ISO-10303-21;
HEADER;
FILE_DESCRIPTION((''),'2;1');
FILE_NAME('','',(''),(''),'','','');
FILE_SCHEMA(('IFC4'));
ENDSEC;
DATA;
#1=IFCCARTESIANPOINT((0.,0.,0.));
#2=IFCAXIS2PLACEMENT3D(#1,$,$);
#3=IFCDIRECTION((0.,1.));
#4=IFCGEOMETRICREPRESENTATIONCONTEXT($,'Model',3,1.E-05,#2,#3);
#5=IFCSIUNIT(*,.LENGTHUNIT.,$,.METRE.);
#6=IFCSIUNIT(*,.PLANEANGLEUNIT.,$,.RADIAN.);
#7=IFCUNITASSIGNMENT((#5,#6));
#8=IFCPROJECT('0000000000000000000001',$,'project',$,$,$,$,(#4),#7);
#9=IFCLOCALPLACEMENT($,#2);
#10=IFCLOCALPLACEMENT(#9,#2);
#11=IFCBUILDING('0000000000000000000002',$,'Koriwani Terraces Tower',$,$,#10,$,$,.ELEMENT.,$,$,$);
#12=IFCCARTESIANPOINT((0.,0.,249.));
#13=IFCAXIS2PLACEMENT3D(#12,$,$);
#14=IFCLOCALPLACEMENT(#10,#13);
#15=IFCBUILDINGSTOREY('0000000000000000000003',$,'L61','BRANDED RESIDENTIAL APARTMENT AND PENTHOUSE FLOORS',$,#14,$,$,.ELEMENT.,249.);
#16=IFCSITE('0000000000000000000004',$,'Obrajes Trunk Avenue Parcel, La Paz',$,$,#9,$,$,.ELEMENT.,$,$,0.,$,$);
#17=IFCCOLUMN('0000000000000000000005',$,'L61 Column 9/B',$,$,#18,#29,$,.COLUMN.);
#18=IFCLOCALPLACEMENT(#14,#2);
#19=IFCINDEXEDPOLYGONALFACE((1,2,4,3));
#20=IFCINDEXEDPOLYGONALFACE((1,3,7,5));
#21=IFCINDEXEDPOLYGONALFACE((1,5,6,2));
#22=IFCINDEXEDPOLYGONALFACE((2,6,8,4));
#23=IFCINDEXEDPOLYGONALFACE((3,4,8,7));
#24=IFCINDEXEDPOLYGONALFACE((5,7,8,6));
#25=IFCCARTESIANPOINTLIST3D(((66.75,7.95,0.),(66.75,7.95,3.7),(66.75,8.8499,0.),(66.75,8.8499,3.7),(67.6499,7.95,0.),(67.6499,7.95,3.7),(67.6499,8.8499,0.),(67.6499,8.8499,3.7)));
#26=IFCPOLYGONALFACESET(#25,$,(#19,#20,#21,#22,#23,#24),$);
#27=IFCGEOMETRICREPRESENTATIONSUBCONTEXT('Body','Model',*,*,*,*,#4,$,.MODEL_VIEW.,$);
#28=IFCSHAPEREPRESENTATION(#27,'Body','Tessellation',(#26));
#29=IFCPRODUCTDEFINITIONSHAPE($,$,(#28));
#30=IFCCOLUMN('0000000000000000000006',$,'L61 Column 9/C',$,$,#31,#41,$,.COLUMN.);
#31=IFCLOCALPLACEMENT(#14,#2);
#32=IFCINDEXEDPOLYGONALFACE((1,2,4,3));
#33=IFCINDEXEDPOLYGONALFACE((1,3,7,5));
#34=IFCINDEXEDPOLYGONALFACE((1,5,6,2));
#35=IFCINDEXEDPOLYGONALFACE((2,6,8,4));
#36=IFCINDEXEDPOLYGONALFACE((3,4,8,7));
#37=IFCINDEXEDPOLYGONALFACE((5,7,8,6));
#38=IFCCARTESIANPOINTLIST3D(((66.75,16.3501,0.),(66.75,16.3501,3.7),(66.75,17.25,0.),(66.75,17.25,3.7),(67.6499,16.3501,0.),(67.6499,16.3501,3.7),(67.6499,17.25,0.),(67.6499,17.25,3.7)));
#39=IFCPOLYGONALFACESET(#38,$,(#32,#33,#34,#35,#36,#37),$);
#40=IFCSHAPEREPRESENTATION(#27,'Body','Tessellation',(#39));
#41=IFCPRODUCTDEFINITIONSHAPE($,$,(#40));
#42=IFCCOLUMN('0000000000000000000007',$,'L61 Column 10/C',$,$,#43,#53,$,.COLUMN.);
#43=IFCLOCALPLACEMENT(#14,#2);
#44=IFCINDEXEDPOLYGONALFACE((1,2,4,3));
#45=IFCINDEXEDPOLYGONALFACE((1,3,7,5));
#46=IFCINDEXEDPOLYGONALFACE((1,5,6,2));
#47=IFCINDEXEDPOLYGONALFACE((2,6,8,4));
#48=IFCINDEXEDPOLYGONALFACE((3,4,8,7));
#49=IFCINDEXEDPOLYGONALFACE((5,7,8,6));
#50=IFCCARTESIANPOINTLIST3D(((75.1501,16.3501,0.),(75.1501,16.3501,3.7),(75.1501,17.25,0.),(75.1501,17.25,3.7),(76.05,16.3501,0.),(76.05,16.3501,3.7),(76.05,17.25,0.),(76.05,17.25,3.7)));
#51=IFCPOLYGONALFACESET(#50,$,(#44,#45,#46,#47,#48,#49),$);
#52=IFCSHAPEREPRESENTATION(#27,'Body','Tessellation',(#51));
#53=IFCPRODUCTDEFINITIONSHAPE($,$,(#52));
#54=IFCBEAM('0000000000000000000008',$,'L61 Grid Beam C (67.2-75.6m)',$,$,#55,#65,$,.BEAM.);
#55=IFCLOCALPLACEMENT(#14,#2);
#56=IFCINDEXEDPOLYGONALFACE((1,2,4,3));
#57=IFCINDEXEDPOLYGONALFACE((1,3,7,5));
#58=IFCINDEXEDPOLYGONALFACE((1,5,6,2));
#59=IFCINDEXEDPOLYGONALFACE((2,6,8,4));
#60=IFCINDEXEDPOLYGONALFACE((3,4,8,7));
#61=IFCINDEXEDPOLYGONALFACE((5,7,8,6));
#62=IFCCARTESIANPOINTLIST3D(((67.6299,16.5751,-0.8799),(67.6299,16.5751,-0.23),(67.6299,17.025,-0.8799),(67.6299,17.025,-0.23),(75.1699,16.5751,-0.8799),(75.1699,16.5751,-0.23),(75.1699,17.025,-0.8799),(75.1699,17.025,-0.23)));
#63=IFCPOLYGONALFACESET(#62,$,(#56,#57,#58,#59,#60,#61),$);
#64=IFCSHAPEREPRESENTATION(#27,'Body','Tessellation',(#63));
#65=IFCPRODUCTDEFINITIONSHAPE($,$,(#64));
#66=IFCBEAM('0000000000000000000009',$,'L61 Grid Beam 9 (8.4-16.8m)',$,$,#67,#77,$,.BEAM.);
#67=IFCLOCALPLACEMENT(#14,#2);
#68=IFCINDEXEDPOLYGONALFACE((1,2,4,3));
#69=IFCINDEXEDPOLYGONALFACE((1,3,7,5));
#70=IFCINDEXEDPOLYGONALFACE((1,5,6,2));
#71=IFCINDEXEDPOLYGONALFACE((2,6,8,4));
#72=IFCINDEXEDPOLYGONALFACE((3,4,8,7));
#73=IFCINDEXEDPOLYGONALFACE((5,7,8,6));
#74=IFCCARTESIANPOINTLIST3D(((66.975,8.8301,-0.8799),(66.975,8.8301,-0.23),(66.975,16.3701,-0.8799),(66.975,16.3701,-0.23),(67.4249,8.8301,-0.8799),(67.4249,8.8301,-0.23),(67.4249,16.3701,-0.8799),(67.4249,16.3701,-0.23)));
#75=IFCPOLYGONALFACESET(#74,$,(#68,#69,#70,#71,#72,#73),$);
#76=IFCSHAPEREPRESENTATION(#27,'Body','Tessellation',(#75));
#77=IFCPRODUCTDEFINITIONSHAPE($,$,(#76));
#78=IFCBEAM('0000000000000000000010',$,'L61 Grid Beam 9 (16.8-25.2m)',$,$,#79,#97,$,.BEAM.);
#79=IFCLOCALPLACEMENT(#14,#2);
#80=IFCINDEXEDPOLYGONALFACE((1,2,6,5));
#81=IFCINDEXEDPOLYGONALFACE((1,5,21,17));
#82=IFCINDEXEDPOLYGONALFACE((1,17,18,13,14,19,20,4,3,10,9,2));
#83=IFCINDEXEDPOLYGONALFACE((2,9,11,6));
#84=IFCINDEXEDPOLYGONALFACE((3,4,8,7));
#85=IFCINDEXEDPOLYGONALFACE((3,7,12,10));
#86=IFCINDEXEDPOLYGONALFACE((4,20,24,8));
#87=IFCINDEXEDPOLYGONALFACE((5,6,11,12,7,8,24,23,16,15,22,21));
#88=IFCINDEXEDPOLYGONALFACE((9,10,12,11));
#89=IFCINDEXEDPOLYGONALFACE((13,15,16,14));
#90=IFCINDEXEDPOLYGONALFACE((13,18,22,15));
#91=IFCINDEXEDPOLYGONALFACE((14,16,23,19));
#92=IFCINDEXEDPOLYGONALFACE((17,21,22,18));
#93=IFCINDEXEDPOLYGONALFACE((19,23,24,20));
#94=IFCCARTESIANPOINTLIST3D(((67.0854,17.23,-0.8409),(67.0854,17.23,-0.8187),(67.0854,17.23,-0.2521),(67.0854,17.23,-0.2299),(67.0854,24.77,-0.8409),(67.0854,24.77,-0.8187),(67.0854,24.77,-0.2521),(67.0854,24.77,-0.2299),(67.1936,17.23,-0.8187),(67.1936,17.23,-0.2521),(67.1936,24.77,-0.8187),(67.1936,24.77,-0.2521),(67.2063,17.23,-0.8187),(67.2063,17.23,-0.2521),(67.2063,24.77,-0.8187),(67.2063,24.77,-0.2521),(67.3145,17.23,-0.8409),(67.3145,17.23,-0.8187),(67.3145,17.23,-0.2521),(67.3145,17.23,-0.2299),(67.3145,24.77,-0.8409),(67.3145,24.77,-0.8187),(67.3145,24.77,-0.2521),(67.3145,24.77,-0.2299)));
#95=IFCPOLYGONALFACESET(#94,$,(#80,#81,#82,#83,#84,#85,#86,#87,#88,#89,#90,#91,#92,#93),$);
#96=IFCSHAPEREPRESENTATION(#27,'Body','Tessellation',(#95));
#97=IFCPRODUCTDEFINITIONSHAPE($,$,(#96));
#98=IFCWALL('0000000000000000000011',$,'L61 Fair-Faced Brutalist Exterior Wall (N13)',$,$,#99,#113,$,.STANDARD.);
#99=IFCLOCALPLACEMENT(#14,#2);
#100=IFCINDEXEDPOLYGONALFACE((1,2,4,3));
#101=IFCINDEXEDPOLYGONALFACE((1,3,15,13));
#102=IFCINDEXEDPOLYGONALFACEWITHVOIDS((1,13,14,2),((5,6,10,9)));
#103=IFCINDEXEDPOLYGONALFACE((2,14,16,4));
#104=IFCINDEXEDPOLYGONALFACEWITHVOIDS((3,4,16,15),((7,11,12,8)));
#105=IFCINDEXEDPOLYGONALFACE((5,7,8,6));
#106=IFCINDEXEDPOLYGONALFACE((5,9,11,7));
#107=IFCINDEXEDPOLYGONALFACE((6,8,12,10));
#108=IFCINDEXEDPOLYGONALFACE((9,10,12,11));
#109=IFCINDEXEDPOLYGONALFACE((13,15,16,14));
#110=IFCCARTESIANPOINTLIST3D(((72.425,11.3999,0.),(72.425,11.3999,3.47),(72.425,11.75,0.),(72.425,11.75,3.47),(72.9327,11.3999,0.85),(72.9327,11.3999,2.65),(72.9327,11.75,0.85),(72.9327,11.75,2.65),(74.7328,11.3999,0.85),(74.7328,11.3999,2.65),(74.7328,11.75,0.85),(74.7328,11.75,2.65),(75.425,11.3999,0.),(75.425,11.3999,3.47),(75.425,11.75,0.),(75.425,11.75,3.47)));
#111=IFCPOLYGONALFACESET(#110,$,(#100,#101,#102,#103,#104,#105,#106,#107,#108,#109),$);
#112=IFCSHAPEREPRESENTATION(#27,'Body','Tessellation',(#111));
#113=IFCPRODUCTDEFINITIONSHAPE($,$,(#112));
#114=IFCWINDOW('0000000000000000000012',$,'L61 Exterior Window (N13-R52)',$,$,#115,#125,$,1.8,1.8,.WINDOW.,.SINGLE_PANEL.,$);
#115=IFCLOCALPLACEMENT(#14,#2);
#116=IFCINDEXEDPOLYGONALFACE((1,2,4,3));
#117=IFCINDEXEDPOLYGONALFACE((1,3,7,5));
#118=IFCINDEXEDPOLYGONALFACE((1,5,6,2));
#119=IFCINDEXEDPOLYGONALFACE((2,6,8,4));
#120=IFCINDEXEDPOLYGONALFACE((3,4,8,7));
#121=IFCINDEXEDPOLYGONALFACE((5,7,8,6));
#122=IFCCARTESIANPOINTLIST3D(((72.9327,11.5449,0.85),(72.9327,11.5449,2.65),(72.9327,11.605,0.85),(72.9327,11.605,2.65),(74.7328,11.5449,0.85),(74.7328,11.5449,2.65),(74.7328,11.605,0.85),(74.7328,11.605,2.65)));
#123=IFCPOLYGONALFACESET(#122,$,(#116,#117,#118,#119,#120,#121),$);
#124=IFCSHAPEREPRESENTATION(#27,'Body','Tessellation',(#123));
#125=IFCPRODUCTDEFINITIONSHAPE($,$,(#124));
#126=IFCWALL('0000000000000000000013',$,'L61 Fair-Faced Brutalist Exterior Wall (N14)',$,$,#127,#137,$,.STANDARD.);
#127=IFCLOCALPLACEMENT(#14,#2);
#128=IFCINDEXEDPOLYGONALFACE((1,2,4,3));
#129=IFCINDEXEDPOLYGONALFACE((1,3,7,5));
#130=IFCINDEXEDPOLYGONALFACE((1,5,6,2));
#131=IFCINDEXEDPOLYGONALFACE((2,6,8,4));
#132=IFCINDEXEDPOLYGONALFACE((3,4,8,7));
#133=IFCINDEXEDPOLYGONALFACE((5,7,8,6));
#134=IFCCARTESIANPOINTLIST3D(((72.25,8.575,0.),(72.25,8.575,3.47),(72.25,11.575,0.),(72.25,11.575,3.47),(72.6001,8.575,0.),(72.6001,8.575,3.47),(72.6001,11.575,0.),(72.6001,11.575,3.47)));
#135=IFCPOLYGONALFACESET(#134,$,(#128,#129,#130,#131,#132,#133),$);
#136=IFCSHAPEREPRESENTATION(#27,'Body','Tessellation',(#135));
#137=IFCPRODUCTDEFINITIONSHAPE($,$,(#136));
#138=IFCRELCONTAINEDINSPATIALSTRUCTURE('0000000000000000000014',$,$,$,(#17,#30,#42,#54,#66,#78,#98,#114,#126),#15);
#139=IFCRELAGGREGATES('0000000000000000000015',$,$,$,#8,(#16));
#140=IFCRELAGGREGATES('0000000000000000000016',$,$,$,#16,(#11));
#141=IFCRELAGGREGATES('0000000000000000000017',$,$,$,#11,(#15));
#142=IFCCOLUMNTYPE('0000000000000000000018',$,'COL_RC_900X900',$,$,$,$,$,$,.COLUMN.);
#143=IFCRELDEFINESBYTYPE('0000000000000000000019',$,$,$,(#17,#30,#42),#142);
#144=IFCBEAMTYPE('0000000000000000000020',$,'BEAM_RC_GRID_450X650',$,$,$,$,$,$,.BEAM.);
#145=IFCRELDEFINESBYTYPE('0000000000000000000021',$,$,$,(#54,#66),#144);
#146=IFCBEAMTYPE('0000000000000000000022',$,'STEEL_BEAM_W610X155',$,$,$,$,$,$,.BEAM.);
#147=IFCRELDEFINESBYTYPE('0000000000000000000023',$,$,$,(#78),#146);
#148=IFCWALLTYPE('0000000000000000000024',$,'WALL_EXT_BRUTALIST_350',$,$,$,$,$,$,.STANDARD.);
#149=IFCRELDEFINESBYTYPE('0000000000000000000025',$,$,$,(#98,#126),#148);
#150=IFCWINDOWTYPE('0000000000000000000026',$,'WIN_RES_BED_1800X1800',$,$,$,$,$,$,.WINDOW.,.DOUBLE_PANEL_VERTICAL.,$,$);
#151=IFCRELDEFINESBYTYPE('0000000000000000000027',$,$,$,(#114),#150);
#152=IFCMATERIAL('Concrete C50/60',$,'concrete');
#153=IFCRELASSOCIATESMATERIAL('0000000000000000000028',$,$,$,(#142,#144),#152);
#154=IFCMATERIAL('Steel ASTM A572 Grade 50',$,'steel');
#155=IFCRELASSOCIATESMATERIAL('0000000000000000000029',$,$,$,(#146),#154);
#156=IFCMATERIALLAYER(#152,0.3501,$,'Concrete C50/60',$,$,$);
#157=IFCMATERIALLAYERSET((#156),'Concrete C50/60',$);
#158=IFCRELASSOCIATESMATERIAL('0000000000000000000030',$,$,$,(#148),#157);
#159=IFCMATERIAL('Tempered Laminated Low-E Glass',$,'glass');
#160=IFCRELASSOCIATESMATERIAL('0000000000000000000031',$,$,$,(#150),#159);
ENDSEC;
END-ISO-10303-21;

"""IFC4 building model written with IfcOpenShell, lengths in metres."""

from ifc_helpers import new_model, si_unit, direction, frame, frame_2d, origin, origin_2d, place, context, subcontext, project, spatial, rectangle, i_section, extrude, material, layer, layer_set, material_profile, profile_set, type_object, element, fill, save


model = new_model("IFC4")

# Units and contexts
model_context = context("Model", 3, precision=1e-05, world=origin(), true_north=direction((0.0, 1.0)))
body_context = subcontext(model_context, "Body", "Model", "MODEL_VIEW")
ifc_project = project(units=[si_unit("LENGTHUNIT", "METRE"), si_unit("PLANEANGLEUNIT", "RADIAN")], contexts=[model_context])

# Site, building, storey
site_placement = place(None, origin())
site = spatial("IfcSite", under=ifc_project, at=site_placement, Name="Obrajes Trunk Avenue Parcel, La Paz", CompositionType="ELEMENT", RefElevation=0.0)
building_placement = place(site_placement, origin())
building = spatial("IfcBuilding", under=site, at=building_placement, Name="Koriwani Terraces Tower", CompositionType="ELEMENT")
storey_placement = place(building_placement, frame((0.0, 0.0, 249.0)))
storey = spatial("IfcBuildingStorey", under=building, at=storey_placement, Name="L61", Description="BRANDED RESIDENTIAL APARTMENT AND PENTHOUSE FLOORS", CompositionType="ELEMENT", Elevation=249.0)

# Columns
ifc_material_1 = material(Name="Concrete C50/60", Category="concrete")
ifc_material_profile_1 = material_profile(ifc_material_1, rectangle(XDim=0.8999, YDim=0.8999, at=origin_2d()), Name="Concrete C50/60", Category="LoadBearing")
ifc_profile_set_1 = profile_set([ifc_material_profile_1], Name="Concrete C50/60")
column_type = type_object("IfcColumnType", Name="COL_RC_900X900", PredefinedType="COLUMN", material=ifc_profile_set_1)
for number, where, z_axis, x_axis, name in (
    (1, (67.2, 8.3999, 0.0), (0.0, 0.0, 1.0), (1.0, 0.0, 0.0), "L61 Column 9/B"),
    (2, (67.2, 16.8, 0.0), (0.0, 0.0, 1.0), (1.0, 0.0, 0.0), "L61 Column 9/C"),
    (3, (75.6001, 16.8, 0.0), (0.0, 0.0, 1.0), (1.0, 0.0, 0.0), "L61 Column 10/C"),
):
    element("IfcColumn", number, at=place(storey_placement, frame(where, z_axis=z_axis, x_axis=x_axis)), inside=storey, type_object=column_type, Name=name, PredefinedType="COLUMN", context=body_context, shape_type="SweptSolid", body=[
        extrude(rectangle(XDim=0.8999, YDim=0.8999, at=origin_2d()), origin(), (0.0, 0.0, 1.0), 3.7),
    ])

# Beams
ifc_material_profile_2 = material_profile(ifc_material_1, rectangle(XDim=0.45, YDim=0.6499, at=origin_2d()), Name="Concrete C50/60", Category="LoadBearing")
ifc_profile_set_2 = profile_set([ifc_material_profile_2], Name="Concrete C50/60")
beam_type_1 = type_object("IfcBeamType", Name="BEAM_RC_GRID_450X650", PredefinedType="BEAM", material=ifc_profile_set_2)
for number, where, z_axis, x_axis, name in (
    (4, (67.6299, 16.8, -0.5549), (1.0, 0.0, 0.0), (0.0, 1.0, 0.0), "L61 Grid Beam C (67.2-75.6m)"),
    (5, (67.2, 8.8301, -0.5549), (0.0, 1.0, 0.0), (-1.0, 0.0, 0.0), "L61 Grid Beam 9 (8.4-16.8m)"),
):
    element("IfcBeam", number, at=place(storey_placement, frame(where, z_axis=z_axis, x_axis=x_axis)), inside=storey, type_object=beam_type_1, Name=name, PredefinedType="BEAM", context=body_context, shape_type="SweptSolid", body=[
        extrude(rectangle(XDim=0.45, YDim=0.6499, at=origin_2d()), origin(), (0.0, 0.0, 1.0), 7.54),
    ])
ifc_material_2 = material(Name="Steel ASTM A572 Grade 50", Category="steel")
ifc_material_profile_3 = material_profile(ifc_material_2, i_section(OverallWidth=0.229, OverallDepth=0.6111, WebThickness=0.0127, FlangeThickness=0.0222, at=origin_2d()), Name="Steel ASTM A572 Grade 50", Category="LoadBearing")
ifc_profile_set_3 = profile_set([ifc_material_profile_3], Name="Steel ASTM A572 Grade 50")
beam_type_2 = type_object("IfcBeamType", Name="STEEL_BEAM_W610X155", PredefinedType="BEAM", material=ifc_profile_set_3)
beam_placement = place(storey_placement, frame((67.2, 17.23, -0.5354), z_axis=(0.0, 1.0, 0.0), x_axis=(-1.0, 0.0, 0.0)))
element("IfcBeam", 6, at=beam_placement, inside=storey, type_object=beam_type_2, Name="L61 Grid Beam 9 (16.8-25.2m)", PredefinedType="BEAM", context=body_context, shape_type="SweptSolid", body=[
    extrude(i_section(OverallWidth=0.229, OverallDepth=0.6111, WebThickness=0.0127, FlangeThickness=0.0222, at=origin_2d()), origin(), (0.0, 0.0, 1.0), 7.54),
])

# Wall, opening, window
ifc_layer = layer(ifc_material_1, 0.3501, Name="Concrete C50/60")
ifc_layer_set = layer_set([ifc_layer], Name="Concrete C50/60")
wall_type = type_object("IfcWallType", Name="WALL_EXT_BRUTALIST_350", PredefinedType="STANDARD", material=ifc_layer_set)
wall_1_placement = place(storey_placement, frame((75.425, 11.575, 0.0), z_axis=(0.0, 0.0, 1.0), x_axis=(-1.0, 0.0, 0.0)))
wall_1 = element("IfcWall", 7, at=wall_1_placement, inside=storey, type_object=wall_type, Name="L61 Fair-Faced Brutalist Exterior Wall (N13)", PredefinedType="STANDARD", context=body_context, shape_type="SweptSolid", body=[
    extrude(rectangle(XDim=3.0, YDim=0.3501, at=frame_2d((1.5, 0.0))), origin(), (0.0, 0.0, 1.0), 3.47),
])
opening_1_placement = place(wall_1_placement, frame((0.6924, 0.0, 0.8501)))
opening_1 = element("IfcOpeningElement", 8, at=opening_1_placement, cuts=wall_1, PredefinedType="OPENING", context=body_context, shape_type="SweptSolid", body=[
    extrude(rectangle(XDim=1.8, YDim=1.8, at=frame_2d((0.8999, 0.8999))), frame((0.0, 0.1851, 0.0), z_axis=(0.0, -1.0, 0.0), x_axis=(1.0, 0.0, 0.0)), (0.0, 0.0, 1.0), 0.3701),
])
ifc_material_3 = material(Name="Tempered Laminated Low-E Glass", Category="glass")
window_type_1 = type_object("IfcWindowType", Name="WIN_RES_BED_1800X1800", PartitioningType="DOUBLE_PANEL_VERTICAL", PredefinedType="WINDOW", material=ifc_material_3)
window_1_placement = place(opening_1_placement, origin())
window_1 = element("IfcWindow", 9, at=window_1_placement, inside=storey, type_object=window_type_1, Name="L61 Exterior Window (N13-R52)", OverallHeight=1.8, OverallWidth=1.8, PartitioningType="SINGLE_PANEL", PredefinedType="WINDOW", context=body_context, shape_type="SweptSolid", body=[
    extrude(rectangle(XDim=1.8, YDim=1.8, at=frame_2d((0.8999, 0.8999))), frame((0.0, 0.03, 0.0), z_axis=(0.0, -1.0, 0.0), x_axis=(1.0, 0.0, 0.0)), (0.0, 0.0, 1.0), 0.0601),
])
fill(opening_1, window_1)

# Wall
wall_2_placement = place(storey_placement, frame((72.425, 11.575, 0.0), z_axis=(0.0, 0.0, 1.0), x_axis=(0.0, -1.0, 0.0)))
element("IfcWall", 10, at=wall_2_placement, inside=storey, type_object=wall_type, Name="L61 Fair-Faced Brutalist Exterior Wall (N14)", PredefinedType="STANDARD", context=body_context, shape_type="SweptSolid", body=[
    extrude(rectangle(XDim=3.0, YDim=0.3501, at=frame_2d((1.5, 0.0))), origin(), (0.0, 0.0, 1.0), 3.47),
])

save(model, "model.ifc")
